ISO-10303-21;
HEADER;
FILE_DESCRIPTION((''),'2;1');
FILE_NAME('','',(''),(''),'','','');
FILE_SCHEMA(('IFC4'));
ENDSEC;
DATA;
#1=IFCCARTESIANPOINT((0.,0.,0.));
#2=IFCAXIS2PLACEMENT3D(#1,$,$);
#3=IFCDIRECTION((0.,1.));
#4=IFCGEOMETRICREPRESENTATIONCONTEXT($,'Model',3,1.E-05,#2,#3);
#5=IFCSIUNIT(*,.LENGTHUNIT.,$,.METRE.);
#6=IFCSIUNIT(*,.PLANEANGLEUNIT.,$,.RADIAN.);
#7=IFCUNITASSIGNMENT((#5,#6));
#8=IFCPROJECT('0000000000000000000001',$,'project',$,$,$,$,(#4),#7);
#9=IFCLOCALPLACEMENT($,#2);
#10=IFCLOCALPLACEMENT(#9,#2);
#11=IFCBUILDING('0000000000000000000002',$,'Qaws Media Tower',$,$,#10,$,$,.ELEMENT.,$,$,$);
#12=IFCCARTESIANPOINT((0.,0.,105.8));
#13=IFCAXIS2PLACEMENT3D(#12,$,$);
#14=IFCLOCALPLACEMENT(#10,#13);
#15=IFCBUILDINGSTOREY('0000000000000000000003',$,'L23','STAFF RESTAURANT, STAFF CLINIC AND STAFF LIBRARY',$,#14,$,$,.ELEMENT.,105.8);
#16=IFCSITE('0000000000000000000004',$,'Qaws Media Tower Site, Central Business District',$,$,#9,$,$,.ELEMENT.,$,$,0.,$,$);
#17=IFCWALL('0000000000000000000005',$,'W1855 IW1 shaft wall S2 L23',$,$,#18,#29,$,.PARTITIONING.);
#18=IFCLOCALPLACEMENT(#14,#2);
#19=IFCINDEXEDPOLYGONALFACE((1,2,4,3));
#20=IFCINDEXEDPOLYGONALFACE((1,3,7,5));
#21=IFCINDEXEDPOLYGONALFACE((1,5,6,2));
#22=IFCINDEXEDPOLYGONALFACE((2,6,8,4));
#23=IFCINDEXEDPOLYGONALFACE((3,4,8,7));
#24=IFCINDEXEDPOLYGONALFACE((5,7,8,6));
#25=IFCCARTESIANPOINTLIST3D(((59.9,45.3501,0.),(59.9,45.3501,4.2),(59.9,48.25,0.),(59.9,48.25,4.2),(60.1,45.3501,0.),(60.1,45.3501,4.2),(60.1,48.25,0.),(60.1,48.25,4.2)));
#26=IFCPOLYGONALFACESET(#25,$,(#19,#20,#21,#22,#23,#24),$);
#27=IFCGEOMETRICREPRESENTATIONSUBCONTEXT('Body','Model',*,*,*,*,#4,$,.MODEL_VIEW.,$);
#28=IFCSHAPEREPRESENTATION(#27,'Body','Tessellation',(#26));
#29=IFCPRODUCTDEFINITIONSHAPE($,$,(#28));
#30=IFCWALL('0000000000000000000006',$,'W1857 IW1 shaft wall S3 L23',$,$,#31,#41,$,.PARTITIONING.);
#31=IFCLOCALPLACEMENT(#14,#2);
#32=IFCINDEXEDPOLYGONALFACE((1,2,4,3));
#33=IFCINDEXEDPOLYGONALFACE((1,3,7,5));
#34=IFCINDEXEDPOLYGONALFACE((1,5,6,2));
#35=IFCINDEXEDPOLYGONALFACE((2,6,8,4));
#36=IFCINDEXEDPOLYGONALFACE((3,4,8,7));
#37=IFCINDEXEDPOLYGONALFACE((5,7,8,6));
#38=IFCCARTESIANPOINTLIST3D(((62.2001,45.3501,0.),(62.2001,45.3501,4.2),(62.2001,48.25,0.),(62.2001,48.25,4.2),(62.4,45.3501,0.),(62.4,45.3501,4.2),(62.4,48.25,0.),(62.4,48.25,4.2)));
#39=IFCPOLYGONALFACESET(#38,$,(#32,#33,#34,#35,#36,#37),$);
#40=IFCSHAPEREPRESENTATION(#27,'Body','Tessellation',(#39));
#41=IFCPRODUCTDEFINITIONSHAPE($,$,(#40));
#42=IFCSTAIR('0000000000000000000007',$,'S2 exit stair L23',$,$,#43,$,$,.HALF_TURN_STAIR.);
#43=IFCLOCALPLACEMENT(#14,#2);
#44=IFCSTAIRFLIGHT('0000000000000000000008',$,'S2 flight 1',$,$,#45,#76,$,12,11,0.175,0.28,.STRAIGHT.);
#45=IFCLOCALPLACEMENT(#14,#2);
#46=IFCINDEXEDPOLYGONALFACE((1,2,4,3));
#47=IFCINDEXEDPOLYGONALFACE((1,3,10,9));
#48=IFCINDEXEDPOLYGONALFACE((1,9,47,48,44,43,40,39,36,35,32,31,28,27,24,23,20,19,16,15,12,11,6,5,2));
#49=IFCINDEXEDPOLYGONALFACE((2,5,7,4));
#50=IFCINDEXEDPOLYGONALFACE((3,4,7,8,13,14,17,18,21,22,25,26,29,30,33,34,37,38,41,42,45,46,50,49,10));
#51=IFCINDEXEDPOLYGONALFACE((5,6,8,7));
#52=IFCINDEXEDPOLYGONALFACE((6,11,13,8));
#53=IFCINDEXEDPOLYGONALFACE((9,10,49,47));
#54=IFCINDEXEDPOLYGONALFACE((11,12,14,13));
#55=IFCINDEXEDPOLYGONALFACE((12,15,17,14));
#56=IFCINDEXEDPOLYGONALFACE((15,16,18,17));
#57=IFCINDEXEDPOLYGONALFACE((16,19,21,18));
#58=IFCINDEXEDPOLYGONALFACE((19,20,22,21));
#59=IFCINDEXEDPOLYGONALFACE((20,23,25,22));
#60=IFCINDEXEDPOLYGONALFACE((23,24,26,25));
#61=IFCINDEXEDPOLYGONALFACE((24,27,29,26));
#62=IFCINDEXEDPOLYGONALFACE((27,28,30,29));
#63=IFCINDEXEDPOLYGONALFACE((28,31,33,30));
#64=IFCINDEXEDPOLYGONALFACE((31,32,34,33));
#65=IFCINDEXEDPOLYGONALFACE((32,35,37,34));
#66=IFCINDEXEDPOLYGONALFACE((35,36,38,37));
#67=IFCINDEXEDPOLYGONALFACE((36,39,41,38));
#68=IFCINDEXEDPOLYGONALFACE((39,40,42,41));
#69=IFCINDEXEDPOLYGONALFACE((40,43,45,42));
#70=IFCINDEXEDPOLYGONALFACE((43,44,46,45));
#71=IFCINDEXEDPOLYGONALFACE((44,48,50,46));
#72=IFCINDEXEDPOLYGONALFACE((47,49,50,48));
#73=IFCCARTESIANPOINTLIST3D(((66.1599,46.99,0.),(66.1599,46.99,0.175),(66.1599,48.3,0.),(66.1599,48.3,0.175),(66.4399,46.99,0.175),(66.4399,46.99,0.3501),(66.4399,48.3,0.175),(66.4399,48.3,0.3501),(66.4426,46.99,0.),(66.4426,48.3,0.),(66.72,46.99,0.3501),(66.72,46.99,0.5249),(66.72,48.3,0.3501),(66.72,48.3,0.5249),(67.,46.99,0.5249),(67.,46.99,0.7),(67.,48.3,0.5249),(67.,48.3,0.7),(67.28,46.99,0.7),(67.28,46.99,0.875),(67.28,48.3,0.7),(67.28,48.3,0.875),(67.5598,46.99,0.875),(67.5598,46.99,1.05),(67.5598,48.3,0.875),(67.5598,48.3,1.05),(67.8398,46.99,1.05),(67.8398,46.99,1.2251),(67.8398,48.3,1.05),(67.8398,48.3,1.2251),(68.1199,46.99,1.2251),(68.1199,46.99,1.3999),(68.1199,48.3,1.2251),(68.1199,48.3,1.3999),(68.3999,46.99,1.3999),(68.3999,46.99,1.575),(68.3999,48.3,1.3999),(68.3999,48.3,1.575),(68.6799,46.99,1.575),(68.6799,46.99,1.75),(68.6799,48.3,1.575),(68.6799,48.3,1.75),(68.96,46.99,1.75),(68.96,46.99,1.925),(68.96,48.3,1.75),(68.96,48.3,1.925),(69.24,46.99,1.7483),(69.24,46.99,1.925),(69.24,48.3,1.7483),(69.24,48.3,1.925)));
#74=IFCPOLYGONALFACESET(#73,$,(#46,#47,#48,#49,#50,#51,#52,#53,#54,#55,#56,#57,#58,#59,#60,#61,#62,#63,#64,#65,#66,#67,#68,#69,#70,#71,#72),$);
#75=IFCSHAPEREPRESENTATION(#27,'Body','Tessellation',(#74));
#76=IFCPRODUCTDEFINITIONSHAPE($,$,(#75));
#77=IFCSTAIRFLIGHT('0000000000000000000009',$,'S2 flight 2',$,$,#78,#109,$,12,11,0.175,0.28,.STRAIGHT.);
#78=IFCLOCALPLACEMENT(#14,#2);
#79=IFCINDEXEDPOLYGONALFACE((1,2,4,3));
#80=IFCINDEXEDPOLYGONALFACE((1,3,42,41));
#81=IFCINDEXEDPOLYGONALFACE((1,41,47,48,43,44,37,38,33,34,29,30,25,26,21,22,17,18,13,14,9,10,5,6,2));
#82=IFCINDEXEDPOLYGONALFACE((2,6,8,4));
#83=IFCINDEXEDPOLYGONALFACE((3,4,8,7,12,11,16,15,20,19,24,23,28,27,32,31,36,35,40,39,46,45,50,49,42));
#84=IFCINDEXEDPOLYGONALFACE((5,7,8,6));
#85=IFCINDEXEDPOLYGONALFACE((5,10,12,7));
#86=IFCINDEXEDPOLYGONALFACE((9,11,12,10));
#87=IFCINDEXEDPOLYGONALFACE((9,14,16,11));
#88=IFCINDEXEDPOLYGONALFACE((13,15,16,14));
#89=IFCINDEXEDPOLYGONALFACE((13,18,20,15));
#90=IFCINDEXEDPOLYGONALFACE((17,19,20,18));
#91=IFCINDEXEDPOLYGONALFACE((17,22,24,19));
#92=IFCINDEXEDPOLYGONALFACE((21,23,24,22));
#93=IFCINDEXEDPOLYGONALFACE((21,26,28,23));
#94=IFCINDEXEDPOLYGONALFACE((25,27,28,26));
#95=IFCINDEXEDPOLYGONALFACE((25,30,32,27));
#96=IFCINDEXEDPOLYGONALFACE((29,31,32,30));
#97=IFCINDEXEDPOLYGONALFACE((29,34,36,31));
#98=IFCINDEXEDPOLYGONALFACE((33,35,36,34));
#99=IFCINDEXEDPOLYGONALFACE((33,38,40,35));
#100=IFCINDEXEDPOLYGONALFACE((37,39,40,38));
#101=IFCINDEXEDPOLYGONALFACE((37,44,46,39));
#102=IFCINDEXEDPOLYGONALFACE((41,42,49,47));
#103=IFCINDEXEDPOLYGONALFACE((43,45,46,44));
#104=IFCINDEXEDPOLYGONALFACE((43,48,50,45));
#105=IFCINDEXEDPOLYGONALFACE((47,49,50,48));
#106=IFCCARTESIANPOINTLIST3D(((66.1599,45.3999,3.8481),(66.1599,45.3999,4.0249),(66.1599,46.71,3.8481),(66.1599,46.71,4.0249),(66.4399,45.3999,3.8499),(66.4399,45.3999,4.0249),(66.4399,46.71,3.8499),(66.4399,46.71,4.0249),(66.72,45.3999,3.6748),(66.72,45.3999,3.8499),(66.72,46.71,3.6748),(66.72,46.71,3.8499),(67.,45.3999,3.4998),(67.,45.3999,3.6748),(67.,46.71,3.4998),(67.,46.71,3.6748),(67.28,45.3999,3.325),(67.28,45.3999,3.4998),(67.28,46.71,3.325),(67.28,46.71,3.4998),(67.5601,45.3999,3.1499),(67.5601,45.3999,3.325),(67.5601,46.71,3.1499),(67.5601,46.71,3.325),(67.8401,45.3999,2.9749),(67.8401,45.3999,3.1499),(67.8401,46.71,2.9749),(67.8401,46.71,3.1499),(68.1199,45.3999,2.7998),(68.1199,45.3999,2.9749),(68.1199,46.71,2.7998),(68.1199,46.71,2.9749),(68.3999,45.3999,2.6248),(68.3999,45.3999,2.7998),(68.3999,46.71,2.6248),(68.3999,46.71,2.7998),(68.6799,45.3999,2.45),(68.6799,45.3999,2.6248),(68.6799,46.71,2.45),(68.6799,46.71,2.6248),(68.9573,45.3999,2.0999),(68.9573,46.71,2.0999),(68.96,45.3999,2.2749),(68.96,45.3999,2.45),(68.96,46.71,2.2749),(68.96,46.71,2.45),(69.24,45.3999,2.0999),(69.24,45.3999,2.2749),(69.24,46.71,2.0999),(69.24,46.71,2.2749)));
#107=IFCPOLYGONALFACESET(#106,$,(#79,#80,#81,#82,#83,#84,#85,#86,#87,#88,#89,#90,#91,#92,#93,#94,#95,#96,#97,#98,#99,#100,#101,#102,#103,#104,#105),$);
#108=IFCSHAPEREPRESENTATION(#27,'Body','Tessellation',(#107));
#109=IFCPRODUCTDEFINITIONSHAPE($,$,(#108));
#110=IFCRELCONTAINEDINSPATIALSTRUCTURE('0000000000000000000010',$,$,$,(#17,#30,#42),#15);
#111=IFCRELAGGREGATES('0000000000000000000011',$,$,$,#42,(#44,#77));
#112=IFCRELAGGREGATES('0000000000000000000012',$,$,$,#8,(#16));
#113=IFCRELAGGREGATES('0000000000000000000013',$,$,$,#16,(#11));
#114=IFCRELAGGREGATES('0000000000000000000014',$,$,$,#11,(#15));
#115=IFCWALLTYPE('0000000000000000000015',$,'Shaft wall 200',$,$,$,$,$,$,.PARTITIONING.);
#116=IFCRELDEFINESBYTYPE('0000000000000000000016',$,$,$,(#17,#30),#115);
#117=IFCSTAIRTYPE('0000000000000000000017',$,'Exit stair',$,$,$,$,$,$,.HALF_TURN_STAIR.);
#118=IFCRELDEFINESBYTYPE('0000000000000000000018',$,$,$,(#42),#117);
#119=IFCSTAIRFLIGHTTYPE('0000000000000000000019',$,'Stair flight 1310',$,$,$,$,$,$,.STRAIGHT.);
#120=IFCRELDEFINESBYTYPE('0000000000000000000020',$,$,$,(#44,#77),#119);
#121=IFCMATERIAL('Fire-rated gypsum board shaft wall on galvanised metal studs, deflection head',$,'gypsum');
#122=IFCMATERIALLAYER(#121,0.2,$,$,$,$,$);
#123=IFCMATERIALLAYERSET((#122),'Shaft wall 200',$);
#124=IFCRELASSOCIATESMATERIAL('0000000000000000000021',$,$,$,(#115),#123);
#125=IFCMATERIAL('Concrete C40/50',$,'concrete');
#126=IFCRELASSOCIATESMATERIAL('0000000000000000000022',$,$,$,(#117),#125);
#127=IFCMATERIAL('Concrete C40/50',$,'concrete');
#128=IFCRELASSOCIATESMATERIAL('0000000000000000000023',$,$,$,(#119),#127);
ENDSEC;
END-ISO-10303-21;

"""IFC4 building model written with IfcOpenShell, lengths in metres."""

from ifc_helpers import new_model, si_unit, direction, frame, frame_2d, origin, place, context, subcontext, project, spatial, polyline, rectangle, outline, extrude, material, layer, layer_set, type_object, element, aggregate, save


model = new_model("IFC4")

# Units and contexts
model_context = context("Model", 3, precision=1e-05, world=origin(), true_north=direction((0.0, 1.0)))
body_context = subcontext(model_context, "Body", "Model", "MODEL_VIEW")
ifc_project = project(units=[si_unit("LENGTHUNIT", "METRE"), si_unit("PLANEANGLEUNIT", "RADIAN")], contexts=[model_context])

# Site, building, storey
site_placement = place(None, origin())
site = spatial("IfcSite", under=ifc_project, at=site_placement, Name="Qaws Media Tower Site, Central Business District", CompositionType="ELEMENT", RefElevation=0.0)
building_placement = place(site_placement, origin())
building = spatial("IfcBuilding", under=site, at=building_placement, Name="Qaws Media Tower", CompositionType="ELEMENT")
storey_placement = place(building_placement, frame((0.0, 0.0, 105.8)))
storey = spatial("IfcBuildingStorey", under=building, at=storey_placement, Name="L23", Description="STAFF RESTAURANT, STAFF CLINIC AND STAFF LIBRARY", CompositionType="ELEMENT", Elevation=105.8)

# Walls
ifc_material_1 = material(Name="Fire-rated gypsum board shaft wall on galvanised metal studs, deflection head", Category="gypsum")
ifc_layer_1 = layer(ifc_material_1, 0.2)
ifc_layer_set_1 = layer_set([ifc_layer_1], Name="Shaft wall 200")
wall_type_1 = type_object("IfcWallType", Name="Shaft wall 200", PredefinedType="PARTITIONING", material=ifc_layer_set_1)
for number, where, z_axis, x_axis, name in (
    (1, (60.0, 45.3501, 0.0), (0.0, 0.0, 1.0), (0.0, 1.0, 0.0), "W1855 IW1 shaft wall S2 L23"),
    (2, (62.3, 45.3501, 0.0), (0.0, 0.0, 1.0), (0.0, 1.0, 0.0), "W1857 IW1 shaft wall S3 L23"),
):
    element("IfcWall", number, at=place(storey_placement, frame(where, z_axis=z_axis, x_axis=x_axis)), inside=storey, type_object=wall_type_1, Name=name, PredefinedType="PARTITIONING", context=body_context, shape_type="SweptSolid", body=[
        extrude(rectangle(XDim=2.8999, YDim=0.2, at=frame_2d((1.45, 0.0))), origin(), (0.0, 0.0, 1.0), 4.2),
    ])

# Stair, stair flights
ifc_material_2 = material(Name="Concrete C40/50", Category="concrete")
stair_type = type_object("IfcStairType", Name="Exit stair", PredefinedType="HALF_TURN_STAIR", material=ifc_material_2)
stair_placement = place(storey_placement, origin())
stair = element("IfcStair", 3, at=stair_placement, inside=storey, type_object=stair_type, Name="S2 exit stair L23", PredefinedType="HALF_TURN_STAIR")
ifc_material_3 = material(Name="Concrete C40/50", Category="concrete")
stair_flight_type = type_object("IfcStairFlightType", Name="Stair flight 1310", PredefinedType="STRAIGHT", material=ifc_material_3)
stair_flight_1_placement = place(storey_placement, frame((66.1599, 47.645, 0.0), z_axis=(0.0, 0.0, 1.0), x_axis=(1.0, 0.0, 0.0)))
stair_flight_1 = element("IfcStairFlight", 4, at=stair_flight_1_placement, type_object=stair_flight_type, Name="S2 flight 1", NumberOfRisers=12, NumberOfTreads=11, PredefinedType="STRAIGHT", RiserHeight=0.175, TreadLength=0.28, context=body_context, shape_type="SweptSolid", body=[
    extrude(outline(polyline([(0.0, 0.0), (0.0, 0.175), (0.28, 0.175), (0.28, 0.3501), (0.5601, 0.3501), (0.5601, 0.5249), (0.8401, 0.5249), (0.8401, 0.7), (1.1201, 0.7), (1.1201, 0.875), (1.3999, 0.875), (1.3999, 1.05), (1.6799, 1.05), (1.6799, 1.2251), (1.96, 1.2251), (1.96, 1.3999), (2.24, 1.3999), (2.24, 1.575), (2.52, 1.575), (2.52, 1.75), (2.8, 1.75), (2.8, 1.925), (3.0801, 1.925), (3.0801, 2.1001), (3.0801, 1.7483), (0.2827, 0.0), (0.0, 0.0)])), frame((0.0, 0.655, 0.0), z_axis=(0.0, -1.0, 0.0), x_axis=(1.0, 0.0, 0.0)), (0.0, 0.0, 1.0), 1.3101),
])
stair_flight_2_placement = place(storey_placement, frame((69.24, 46.0549, 2.0999), z_axis=(0.0, 0.0, 1.0), x_axis=(-1.0, 0.0, 0.0)))
stair_flight_2 = element("IfcStairFlight", 5, at=stair_flight_2_placement, type_object=stair_flight_type, Name="S2 flight 2", NumberOfRisers=12, NumberOfTreads=11, PredefinedType="STRAIGHT", RiserHeight=0.175, TreadLength=0.28, context=body_context, shape_type="SweptSolid", body=[
    extrude(outline(polyline([(0.0, 0.0), (0.0, 0.175), (0.28, 0.175), (0.28, 0.3501), (0.5601, 0.3501), (0.5601, 0.5249), (0.8401, 0.5249), (0.8401, 0.7), (1.1201, 0.7), (1.1201, 0.875), (1.3999, 0.875), (1.3999, 1.05), (1.6799, 1.05), (1.6799, 1.2251), (1.96, 1.2251), (1.96, 1.3999), (2.24, 1.3999), (2.24, 1.575), (2.52, 1.575), (2.52, 1.75), (2.8, 1.75), (2.8, 1.925), (3.0801, 1.925), (3.0801, 2.1001), (3.0801, 1.7483), (0.2827, 0.0), (0.0, 0.0)])), frame((0.0, 0.655, 0.0), z_axis=(0.0, -1.0, 0.0), x_axis=(1.0, 0.0, 0.0)), (0.0, 0.0, 1.0), 1.3101),
])
aggregate(stair, [stair_flight_1, stair_flight_2])

save(model, "model.ifc")
